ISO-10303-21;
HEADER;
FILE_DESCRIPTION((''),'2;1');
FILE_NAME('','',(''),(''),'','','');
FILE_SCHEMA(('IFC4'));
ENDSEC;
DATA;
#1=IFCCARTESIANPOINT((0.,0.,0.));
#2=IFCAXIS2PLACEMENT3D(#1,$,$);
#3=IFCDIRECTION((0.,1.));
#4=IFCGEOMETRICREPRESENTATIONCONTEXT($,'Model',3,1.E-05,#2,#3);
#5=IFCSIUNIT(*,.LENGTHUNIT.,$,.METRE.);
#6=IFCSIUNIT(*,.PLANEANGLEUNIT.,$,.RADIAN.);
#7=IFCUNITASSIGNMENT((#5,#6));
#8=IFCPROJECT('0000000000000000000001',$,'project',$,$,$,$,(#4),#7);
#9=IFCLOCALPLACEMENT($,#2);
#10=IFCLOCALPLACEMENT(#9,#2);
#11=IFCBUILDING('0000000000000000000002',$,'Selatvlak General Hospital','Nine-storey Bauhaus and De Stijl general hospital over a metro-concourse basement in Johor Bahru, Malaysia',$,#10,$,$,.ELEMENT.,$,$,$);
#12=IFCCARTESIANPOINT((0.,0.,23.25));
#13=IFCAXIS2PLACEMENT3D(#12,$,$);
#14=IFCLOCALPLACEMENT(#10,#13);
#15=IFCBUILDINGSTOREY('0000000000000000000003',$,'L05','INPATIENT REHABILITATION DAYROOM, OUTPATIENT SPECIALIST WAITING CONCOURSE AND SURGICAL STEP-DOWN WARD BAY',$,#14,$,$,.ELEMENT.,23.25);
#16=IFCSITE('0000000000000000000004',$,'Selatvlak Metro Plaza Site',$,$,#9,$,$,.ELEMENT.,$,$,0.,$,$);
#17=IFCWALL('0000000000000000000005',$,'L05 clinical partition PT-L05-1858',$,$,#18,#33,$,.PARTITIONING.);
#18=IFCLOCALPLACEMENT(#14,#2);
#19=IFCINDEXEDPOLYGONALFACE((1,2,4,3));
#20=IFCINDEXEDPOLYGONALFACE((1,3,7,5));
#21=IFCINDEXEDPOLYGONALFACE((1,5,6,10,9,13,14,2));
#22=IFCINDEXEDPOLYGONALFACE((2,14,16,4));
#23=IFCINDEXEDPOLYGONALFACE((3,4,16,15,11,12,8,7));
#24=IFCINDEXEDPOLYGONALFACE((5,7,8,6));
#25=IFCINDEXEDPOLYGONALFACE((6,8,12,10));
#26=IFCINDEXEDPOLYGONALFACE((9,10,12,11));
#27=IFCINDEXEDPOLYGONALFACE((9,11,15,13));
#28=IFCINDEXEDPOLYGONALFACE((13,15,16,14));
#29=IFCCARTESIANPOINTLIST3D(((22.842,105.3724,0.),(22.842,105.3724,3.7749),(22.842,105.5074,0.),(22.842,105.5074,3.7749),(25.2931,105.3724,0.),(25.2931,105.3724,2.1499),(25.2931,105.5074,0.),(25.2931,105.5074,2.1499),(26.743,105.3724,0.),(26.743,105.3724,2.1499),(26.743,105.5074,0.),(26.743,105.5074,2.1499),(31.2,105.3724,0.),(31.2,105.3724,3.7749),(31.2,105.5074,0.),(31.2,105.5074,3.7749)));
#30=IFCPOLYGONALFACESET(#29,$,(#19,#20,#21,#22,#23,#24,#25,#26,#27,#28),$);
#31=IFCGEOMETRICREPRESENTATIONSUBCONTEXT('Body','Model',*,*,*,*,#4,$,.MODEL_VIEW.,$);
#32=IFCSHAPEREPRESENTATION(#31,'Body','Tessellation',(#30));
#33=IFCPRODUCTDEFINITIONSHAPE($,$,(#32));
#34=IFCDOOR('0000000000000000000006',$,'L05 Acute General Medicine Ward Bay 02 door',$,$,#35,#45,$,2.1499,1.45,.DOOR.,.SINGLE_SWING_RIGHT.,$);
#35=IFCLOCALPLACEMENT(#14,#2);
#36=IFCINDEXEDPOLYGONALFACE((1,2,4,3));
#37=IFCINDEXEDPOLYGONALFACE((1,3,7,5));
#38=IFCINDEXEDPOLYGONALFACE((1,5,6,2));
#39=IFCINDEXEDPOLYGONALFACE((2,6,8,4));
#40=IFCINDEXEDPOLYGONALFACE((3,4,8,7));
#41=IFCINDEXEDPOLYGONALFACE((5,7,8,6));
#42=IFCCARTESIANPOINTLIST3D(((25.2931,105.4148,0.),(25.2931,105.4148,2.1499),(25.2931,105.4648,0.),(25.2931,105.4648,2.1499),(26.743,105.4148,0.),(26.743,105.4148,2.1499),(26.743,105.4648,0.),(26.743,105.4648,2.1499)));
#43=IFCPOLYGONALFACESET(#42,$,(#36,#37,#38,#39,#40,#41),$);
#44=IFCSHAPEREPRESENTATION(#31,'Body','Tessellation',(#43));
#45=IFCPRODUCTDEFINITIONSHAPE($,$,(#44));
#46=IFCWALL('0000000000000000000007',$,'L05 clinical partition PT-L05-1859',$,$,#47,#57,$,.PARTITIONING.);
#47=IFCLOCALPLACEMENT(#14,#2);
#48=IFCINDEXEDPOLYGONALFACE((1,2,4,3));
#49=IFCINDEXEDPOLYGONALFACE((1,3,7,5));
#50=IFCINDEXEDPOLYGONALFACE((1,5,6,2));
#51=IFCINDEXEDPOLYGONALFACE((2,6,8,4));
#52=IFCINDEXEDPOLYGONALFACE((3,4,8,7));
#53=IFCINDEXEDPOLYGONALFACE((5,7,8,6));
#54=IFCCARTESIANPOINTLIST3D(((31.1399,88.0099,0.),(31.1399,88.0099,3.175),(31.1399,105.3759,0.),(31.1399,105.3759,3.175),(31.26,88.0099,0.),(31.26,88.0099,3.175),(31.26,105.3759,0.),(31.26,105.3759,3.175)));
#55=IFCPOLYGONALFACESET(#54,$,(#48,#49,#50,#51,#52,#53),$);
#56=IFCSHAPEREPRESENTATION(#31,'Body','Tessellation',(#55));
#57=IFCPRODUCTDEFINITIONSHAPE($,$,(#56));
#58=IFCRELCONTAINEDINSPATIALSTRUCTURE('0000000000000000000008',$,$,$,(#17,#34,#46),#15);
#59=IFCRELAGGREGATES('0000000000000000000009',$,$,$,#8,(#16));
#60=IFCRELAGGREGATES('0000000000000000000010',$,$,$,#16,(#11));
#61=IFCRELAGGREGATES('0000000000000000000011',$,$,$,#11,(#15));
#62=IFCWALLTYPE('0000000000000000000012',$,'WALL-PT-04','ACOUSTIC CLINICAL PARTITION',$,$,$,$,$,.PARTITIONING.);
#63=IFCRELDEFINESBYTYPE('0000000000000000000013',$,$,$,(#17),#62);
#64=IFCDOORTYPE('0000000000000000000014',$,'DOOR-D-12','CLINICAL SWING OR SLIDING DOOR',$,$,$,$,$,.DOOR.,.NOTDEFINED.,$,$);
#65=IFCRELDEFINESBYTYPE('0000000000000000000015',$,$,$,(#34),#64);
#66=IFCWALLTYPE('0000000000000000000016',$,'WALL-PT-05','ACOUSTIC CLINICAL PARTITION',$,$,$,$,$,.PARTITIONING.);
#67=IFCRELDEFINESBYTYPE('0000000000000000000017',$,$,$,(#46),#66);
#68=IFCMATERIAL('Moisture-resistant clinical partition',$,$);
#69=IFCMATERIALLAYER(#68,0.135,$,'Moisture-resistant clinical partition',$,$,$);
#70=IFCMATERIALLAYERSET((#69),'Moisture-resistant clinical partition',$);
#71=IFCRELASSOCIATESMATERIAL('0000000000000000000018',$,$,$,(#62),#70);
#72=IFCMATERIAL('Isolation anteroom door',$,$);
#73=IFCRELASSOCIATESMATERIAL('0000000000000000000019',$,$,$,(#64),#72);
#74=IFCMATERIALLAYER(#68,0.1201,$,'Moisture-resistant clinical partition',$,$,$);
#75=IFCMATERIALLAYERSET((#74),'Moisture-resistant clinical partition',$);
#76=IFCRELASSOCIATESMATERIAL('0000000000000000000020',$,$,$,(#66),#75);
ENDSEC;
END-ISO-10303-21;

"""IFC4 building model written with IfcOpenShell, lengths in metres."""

from ifc_helpers import new_model, si_unit, direction, frame, frame_2d, origin, place, context, subcontext, project, spatial, rectangle, extrude, material, layer, layer_set, type_object, element, fill, save


model = new_model("IFC4")

# Units and contexts
model_context = context("Model", 3, precision=1e-05, world=origin(), true_north=direction((0.0, 1.0)))
body_context = subcontext(model_context, "Body", "Model", "MODEL_VIEW")
ifc_project = project(units=[si_unit("LENGTHUNIT", "METRE"), si_unit("PLANEANGLEUNIT", "RADIAN")], contexts=[model_context])

# Site, building, storey
site_placement = place(None, origin())
site = spatial("IfcSite", under=ifc_project, at=site_placement, Name="Selatvlak Metro Plaza Site", CompositionType="ELEMENT", RefElevation=0.0)
building_placement = place(site_placement, origin())
building = spatial("IfcBuilding", under=site, at=building_placement, Name="Selatvlak General Hospital", Description="Nine-storey Bauhaus and De Stijl general hospital over a metro-concourse basement in Johor Bahru, Malaysia", CompositionType="ELEMENT")
storey_placement = place(building_placement, frame((0.0, 0.0, 23.25)))
storey = spatial("IfcBuildingStorey", under=building, at=storey_placement, Name="L05", Description="INPATIENT REHABILITATION DAYROOM, OUTPATIENT SPECIALIST WAITING CONCOURSE AND SURGICAL STEP-DOWN WARD BAY", CompositionType="ELEMENT", Elevation=23.25)

# Wall, opening, door
ifc_material_1 = material(Name="Moisture-resistant clinical partition")
ifc_layer_1 = layer(ifc_material_1, 0.135, Name="Moisture-resistant clinical partition")
ifc_layer_set_1 = layer_set([ifc_layer_1], Name="Moisture-resistant clinical partition")
wall_type_1 = type_object("IfcWallType", Name="WALL-PT-04", Description="ACOUSTIC CLINICAL PARTITION", PredefinedType="PARTITIONING", material=ifc_layer_set_1)
wall_1_placement = place(storey_placement, frame((22.842, 105.4399, 0.0), z_axis=(0.0, 0.0, 1.0), x_axis=(1.0, 0.0, 0.0)))
wall_1 = element("IfcWall", 1, at=wall_1_placement, inside=storey, type_object=wall_type_1, Name="L05 clinical partition PT-L05-1858", PredefinedType="PARTITIONING", context=body_context, shape_type="SweptSolid", body=[
    extrude(rectangle(XDim=8.3579, YDim=0.135, at=frame_2d((4.179, 0.0))), origin(), (0.0, 0.0, 1.0), 3.7749),
])
opening_1_placement = place(wall_1_placement, frame((2.4509, 0.0, 0.0)))
opening_1 = element("IfcOpeningElement", 2, at=opening_1_placement, cuts=wall_1, PredefinedType="OPENING", context=body_context, shape_type="SweptSolid", body=[
    extrude(rectangle(XDim=1.45, YDim=2.1499, at=frame_2d((0.7251, 1.075))), frame((0.0, 0.0774, 0.0), z_axis=(0.0, -1.0, 0.0), x_axis=(1.0, 0.0, 0.0)), (0.0, 0.0, 1.0), 0.155),
])
ifc_material_2 = material(Name="Isolation anteroom door")
door_type_1 = type_object("IfcDoorType", Name="DOOR-D-12", Description="CLINICAL SWING OR SLIDING DOOR", OperationType="NOTDEFINED", PredefinedType="DOOR", material=ifc_material_2)
door_1_placement = place(opening_1_placement, origin())
door_1 = element("IfcDoor", 3, at=door_1_placement, inside=storey, type_object=door_type_1, Name="L05 Acute General Medicine Ward Bay 02 door", OperationType="SINGLE_SWING_RIGHT", OverallHeight=2.1499, OverallWidth=1.45, PredefinedType="DOOR", context=body_context, shape_type="SweptSolid", body=[
    extrude(rectangle(XDim=1.45, YDim=2.1499, at=frame_2d((0.7251, 1.075))), frame((0.0, 0.0249, 0.0), z_axis=(0.0, -1.0, 0.0), x_axis=(1.0, 0.0, 0.0)), (0.0, 0.0, 1.0), 0.05),
])
fill(opening_1, door_1)

# Wall
ifc_layer_2 = layer(ifc_material_1, 0.1201, Name="Moisture-resistant clinical partition")
ifc_layer_set_2 = layer_set([ifc_layer_2], Name="Moisture-resistant clinical partition")
wall_type_2 = type_object("IfcWallType", Name="WALL-PT-05", Description="ACOUSTIC CLINICAL PARTITION", PredefinedType="PARTITIONING", material=ifc_layer_set_2)
wall_2_placement = place(storey_placement, frame((31.2, 105.376, 0.0), z_axis=(0.0, 0.0, 1.0), x_axis=(0.0, -1.0, 0.0)))
element("IfcWall", 4, at=wall_2_placement, inside=storey, type_object=wall_type_2, Name="L05 clinical partition PT-L05-1859", PredefinedType="PARTITIONING", context=body_context, shape_type="SweptSolid", body=[
    extrude(rectangle(XDim=17.366, YDim=0.1201, at=frame_2d((8.6831, 0.0))), origin(), (0.0, 0.0, 1.0), 3.175),
])

save(model, "model.ifc")
